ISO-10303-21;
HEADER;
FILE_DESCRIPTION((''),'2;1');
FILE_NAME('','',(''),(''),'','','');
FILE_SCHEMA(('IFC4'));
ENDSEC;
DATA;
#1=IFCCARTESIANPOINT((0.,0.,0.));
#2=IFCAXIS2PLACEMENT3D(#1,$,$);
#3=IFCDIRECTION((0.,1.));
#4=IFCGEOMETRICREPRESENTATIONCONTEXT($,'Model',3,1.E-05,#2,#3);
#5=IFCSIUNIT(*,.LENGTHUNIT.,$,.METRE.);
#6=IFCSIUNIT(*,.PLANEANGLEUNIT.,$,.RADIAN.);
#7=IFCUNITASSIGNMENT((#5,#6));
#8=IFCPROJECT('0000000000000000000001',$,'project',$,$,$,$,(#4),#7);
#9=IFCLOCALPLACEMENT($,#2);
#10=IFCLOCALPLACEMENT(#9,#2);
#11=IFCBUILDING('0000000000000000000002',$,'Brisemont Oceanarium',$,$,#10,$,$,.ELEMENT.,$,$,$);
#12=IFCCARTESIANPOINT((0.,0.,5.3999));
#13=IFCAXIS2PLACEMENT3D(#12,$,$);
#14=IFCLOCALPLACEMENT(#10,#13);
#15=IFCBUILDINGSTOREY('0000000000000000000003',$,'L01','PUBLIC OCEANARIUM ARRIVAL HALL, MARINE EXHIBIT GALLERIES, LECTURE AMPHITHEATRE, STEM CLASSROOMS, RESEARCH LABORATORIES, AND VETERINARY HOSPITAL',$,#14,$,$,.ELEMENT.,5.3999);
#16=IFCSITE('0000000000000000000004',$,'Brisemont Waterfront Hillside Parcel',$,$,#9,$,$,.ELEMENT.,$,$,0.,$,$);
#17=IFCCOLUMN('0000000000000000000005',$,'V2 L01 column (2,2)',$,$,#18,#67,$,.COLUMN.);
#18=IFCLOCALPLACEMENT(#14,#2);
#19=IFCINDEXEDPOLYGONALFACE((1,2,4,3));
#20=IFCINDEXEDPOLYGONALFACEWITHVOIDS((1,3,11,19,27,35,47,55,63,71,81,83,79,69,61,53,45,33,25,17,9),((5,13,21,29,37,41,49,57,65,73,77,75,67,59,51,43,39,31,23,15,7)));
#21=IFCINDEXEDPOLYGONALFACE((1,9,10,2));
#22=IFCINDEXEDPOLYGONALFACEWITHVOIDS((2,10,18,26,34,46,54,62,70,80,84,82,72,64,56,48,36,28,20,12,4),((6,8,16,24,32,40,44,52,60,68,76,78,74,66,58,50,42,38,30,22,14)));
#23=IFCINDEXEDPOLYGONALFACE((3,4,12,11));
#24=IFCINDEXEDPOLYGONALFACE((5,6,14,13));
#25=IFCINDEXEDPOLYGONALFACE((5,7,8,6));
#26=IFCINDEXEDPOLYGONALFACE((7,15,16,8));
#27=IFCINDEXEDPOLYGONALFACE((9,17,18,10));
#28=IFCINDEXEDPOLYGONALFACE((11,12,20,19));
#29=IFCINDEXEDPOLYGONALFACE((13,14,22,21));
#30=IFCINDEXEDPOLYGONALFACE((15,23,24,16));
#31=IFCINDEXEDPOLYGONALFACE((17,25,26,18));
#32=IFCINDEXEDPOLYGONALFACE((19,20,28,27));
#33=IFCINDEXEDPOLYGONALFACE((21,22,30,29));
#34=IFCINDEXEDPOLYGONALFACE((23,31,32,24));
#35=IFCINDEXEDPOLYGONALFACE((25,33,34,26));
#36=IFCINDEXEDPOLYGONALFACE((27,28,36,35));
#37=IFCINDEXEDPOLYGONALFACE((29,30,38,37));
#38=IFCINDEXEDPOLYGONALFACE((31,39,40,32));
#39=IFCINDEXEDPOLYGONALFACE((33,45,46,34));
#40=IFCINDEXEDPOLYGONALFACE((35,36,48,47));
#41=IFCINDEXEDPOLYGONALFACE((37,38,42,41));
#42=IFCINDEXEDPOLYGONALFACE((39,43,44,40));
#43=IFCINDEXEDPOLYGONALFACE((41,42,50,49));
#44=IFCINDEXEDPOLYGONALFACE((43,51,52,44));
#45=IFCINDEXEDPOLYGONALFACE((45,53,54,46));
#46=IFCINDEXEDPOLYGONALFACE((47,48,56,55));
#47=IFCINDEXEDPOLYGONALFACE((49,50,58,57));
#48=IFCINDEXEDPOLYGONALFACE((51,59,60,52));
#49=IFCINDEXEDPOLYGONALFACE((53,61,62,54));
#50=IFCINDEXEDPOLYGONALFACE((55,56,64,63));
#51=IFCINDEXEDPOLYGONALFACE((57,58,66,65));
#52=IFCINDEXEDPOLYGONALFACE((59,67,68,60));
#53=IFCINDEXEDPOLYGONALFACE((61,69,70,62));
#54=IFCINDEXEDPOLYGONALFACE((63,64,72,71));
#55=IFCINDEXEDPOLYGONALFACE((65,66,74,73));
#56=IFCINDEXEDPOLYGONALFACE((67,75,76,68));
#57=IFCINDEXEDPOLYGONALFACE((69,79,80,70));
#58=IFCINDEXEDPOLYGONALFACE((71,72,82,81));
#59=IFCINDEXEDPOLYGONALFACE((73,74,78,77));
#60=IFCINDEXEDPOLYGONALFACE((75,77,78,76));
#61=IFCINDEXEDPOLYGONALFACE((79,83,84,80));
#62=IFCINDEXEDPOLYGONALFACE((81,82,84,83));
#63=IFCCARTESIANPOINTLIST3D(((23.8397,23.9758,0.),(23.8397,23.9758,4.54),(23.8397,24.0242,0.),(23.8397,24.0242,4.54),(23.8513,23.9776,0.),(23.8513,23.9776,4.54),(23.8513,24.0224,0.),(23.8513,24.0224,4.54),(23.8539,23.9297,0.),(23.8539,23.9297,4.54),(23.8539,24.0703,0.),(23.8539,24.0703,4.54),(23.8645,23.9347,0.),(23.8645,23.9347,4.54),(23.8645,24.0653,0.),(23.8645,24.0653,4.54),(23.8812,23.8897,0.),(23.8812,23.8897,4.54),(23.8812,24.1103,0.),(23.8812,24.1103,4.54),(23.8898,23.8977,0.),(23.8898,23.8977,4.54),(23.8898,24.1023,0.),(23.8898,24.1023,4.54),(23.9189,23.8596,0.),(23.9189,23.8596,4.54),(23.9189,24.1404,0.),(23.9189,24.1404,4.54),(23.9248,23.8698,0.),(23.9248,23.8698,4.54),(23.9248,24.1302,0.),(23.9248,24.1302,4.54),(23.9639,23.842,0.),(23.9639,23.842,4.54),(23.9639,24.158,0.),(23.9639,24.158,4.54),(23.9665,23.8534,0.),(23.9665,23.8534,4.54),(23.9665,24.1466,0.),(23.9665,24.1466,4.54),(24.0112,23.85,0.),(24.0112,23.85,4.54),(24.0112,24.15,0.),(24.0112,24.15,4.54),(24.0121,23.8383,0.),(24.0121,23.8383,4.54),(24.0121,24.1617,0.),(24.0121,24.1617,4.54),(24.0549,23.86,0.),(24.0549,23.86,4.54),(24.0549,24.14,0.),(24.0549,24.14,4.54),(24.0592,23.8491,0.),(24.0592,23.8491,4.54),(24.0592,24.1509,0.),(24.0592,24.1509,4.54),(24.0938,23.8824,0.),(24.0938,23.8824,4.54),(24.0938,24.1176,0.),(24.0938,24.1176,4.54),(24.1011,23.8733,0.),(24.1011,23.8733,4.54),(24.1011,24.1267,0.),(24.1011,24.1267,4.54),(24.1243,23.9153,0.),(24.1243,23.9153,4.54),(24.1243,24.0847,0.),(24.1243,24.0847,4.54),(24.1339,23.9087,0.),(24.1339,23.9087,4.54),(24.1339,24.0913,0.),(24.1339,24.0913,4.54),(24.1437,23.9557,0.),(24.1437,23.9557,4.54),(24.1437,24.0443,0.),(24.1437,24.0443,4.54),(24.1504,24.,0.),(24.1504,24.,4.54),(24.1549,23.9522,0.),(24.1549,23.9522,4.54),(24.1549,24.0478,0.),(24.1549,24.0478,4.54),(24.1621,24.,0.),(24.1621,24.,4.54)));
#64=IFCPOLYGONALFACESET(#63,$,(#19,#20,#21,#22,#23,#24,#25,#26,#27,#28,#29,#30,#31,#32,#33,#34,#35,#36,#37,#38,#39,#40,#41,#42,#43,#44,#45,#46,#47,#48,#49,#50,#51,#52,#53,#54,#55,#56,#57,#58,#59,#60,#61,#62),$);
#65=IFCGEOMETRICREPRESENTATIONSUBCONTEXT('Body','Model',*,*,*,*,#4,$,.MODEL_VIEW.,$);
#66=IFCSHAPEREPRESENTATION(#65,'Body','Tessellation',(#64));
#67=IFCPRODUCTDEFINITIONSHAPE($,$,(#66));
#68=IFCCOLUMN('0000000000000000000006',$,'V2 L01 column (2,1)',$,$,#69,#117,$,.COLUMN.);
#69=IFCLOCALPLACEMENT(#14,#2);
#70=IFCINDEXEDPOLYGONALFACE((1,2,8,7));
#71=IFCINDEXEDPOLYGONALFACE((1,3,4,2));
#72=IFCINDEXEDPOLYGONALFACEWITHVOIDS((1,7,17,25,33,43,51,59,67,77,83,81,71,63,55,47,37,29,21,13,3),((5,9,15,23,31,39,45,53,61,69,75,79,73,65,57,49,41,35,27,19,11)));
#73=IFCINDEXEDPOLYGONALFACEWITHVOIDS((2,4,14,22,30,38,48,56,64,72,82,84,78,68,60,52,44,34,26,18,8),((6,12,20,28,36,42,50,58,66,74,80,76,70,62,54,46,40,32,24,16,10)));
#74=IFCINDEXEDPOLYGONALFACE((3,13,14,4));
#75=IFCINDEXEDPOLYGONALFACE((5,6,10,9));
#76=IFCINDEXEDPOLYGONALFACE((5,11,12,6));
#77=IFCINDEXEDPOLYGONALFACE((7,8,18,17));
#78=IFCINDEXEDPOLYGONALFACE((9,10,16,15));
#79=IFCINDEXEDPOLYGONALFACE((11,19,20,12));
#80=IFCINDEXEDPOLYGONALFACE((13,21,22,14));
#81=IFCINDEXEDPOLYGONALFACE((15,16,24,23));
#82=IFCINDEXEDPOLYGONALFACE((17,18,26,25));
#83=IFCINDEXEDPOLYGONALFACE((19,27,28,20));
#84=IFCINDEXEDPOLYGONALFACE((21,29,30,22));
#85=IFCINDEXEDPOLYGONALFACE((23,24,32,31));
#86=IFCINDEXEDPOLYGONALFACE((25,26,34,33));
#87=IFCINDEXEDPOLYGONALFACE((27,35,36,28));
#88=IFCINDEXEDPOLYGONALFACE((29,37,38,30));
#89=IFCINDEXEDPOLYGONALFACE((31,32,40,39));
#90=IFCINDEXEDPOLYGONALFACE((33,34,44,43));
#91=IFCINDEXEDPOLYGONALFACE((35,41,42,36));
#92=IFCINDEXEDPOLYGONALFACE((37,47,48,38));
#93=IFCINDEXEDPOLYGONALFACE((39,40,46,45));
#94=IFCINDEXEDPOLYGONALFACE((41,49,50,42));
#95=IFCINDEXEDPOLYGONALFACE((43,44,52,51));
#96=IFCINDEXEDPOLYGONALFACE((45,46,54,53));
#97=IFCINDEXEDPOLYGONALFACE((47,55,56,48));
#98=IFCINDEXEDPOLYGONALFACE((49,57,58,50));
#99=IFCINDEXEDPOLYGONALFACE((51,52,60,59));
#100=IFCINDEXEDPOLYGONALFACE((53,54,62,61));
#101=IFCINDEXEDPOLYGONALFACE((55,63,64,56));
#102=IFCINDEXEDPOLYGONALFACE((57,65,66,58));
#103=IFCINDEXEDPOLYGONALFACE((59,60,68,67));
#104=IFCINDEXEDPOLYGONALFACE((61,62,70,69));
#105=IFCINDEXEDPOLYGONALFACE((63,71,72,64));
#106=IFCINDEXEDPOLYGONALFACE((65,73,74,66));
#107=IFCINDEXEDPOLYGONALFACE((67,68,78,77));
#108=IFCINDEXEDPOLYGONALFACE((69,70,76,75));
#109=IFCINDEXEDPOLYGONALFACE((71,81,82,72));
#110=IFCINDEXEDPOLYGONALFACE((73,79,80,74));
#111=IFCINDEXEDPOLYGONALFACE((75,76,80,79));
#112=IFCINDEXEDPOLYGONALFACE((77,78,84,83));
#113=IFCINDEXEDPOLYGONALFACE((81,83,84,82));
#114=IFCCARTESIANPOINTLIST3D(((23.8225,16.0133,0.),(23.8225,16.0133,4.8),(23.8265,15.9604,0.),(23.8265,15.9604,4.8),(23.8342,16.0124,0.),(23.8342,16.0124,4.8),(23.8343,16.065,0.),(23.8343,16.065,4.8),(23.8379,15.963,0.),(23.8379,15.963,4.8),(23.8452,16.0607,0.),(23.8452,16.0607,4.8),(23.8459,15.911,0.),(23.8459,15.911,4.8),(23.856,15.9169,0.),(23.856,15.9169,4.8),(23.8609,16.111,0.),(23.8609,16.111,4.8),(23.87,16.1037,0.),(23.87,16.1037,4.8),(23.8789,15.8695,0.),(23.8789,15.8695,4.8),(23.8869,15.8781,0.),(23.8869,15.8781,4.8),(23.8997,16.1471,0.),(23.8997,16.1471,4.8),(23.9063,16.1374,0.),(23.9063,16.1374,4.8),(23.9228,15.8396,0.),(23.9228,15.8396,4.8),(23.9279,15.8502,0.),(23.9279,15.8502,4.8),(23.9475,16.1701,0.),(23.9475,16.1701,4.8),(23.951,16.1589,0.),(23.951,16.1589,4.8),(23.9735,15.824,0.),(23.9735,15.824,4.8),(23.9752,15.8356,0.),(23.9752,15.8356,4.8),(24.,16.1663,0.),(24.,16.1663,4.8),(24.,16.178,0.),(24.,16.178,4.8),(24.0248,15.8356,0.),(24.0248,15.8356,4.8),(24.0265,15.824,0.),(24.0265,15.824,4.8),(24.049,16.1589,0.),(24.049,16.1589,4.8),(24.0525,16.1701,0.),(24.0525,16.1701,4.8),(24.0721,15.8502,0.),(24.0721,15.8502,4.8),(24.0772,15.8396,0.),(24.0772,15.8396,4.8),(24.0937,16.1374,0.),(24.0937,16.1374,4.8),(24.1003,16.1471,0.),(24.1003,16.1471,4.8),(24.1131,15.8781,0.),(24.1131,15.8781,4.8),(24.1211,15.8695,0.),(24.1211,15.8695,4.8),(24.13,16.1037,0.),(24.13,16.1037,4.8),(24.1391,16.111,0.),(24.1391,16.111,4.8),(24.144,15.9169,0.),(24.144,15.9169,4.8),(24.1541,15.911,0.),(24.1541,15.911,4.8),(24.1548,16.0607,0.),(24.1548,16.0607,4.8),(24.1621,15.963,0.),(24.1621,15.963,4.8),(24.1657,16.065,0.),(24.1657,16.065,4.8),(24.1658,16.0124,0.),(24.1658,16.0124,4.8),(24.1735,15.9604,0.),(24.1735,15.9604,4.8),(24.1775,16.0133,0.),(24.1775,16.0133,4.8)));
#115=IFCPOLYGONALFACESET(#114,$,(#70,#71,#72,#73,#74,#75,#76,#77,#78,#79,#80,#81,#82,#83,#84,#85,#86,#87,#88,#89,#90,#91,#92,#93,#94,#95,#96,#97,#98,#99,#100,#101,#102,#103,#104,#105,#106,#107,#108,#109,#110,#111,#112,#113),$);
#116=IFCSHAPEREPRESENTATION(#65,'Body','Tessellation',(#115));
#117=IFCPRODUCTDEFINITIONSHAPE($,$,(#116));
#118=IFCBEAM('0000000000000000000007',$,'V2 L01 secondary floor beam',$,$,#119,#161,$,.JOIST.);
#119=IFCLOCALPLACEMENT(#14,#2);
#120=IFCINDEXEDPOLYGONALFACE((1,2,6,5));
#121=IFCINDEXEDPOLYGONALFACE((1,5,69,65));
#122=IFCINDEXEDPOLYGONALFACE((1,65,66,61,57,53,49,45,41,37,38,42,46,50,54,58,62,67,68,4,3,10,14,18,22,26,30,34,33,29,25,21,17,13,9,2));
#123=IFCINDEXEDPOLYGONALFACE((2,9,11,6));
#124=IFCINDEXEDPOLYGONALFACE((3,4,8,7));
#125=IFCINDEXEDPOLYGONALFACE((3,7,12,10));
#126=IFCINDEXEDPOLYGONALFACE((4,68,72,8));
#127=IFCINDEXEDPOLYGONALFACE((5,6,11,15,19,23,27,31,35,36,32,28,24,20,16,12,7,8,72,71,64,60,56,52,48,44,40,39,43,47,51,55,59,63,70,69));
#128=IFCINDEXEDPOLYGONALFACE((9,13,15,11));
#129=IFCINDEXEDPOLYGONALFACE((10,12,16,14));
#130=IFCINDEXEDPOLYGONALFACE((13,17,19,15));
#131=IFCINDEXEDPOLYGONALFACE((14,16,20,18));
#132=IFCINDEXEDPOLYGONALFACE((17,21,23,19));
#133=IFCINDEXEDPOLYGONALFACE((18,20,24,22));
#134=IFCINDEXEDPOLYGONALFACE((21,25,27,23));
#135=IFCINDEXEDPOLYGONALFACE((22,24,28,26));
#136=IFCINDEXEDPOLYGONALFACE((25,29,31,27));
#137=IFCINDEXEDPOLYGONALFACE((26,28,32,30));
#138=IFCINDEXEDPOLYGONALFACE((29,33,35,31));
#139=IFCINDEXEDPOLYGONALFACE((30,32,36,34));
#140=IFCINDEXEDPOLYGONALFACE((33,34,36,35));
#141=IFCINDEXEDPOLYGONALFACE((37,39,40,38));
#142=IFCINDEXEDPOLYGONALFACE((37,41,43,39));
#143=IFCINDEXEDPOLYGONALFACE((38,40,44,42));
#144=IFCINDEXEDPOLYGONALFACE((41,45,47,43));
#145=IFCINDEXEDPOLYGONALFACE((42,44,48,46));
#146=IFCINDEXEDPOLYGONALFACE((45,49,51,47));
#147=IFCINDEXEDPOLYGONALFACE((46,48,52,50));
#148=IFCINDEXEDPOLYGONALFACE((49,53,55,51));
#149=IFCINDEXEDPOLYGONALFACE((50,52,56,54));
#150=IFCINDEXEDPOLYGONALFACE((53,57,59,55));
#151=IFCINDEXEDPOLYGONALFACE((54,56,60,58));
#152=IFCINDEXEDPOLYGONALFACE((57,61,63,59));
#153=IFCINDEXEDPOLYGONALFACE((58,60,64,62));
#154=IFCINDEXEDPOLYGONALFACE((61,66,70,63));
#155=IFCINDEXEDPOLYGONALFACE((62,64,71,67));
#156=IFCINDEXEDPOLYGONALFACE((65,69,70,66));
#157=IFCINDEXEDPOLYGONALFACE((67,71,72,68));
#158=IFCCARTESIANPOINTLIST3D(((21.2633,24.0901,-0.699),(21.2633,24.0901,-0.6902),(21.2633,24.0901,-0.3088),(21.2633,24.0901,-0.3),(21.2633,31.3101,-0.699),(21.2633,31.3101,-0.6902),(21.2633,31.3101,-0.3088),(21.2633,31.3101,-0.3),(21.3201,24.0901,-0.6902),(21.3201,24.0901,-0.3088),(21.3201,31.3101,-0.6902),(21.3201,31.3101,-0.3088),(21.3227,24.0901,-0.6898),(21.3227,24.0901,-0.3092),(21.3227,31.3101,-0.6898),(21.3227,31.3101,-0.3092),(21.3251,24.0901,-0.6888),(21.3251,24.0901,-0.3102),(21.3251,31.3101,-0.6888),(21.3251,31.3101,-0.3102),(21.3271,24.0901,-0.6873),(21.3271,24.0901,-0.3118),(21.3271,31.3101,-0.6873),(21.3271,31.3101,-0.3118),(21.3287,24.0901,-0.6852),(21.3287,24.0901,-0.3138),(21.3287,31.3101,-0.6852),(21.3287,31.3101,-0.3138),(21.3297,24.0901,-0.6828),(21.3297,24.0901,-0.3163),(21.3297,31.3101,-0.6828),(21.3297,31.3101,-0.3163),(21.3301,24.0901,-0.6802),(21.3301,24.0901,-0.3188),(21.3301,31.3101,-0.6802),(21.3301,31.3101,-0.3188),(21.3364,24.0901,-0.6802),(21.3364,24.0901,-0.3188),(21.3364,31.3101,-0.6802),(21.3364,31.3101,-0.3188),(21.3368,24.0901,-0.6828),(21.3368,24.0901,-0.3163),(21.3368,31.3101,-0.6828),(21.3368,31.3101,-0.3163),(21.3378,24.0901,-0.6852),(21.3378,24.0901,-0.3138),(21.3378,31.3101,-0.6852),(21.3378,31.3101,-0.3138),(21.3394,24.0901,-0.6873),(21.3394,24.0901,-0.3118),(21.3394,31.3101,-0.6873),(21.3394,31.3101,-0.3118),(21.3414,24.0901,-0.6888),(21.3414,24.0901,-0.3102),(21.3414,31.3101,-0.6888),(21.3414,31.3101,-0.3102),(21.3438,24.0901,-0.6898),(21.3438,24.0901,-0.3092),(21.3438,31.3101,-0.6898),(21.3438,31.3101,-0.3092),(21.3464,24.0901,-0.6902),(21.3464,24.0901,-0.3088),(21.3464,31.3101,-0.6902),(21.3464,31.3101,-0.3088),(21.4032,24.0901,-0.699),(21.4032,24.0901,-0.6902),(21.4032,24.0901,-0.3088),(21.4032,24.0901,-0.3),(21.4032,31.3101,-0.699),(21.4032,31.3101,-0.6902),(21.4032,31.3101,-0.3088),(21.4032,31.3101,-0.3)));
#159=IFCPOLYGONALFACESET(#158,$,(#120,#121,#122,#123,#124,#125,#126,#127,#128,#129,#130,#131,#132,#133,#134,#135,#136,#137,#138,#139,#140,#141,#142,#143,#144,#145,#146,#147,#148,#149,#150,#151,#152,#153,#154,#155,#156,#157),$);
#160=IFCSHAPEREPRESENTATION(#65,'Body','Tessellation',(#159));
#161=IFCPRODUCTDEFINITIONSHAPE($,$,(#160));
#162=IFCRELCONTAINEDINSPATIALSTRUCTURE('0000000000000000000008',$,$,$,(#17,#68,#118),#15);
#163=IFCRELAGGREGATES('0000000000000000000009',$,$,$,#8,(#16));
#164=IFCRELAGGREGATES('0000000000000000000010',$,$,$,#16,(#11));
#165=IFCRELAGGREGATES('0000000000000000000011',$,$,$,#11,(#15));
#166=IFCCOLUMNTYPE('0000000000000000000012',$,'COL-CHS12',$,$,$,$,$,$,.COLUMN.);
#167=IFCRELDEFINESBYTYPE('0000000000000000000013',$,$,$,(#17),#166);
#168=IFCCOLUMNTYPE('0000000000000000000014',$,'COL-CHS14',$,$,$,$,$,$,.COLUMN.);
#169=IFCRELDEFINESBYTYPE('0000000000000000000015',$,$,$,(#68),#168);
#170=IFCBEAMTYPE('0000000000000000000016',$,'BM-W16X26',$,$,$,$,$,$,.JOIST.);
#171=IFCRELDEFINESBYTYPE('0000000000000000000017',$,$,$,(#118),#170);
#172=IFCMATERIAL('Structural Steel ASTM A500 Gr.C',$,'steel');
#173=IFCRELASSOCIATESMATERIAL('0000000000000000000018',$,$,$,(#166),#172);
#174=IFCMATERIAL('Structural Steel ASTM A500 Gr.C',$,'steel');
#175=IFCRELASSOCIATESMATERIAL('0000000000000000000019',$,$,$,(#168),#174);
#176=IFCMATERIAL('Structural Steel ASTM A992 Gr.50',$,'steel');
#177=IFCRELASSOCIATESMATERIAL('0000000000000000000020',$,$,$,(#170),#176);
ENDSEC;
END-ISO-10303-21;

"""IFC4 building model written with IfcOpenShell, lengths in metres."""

from ifc_helpers import new_model, si_unit, direction, frame, origin, origin_2d, place, context, subcontext, project, spatial, hollow_circle, i_section, extrude, material, material_profile, profile_set, type_object, element, save


model = new_model("IFC4")

# Units and contexts
model_context = context("Model", 3, precision=1e-05, world=origin(), true_north=direction((0.0, 1.0)))
body_context = subcontext(model_context, "Body", "Model", "MODEL_VIEW")
ifc_project = project(units=[si_unit("LENGTHUNIT", "METRE"), si_unit("PLANEANGLEUNIT", "RADIAN")], contexts=[model_context])

# Site, building, storey
site_placement = place(None, origin())
site = spatial("IfcSite", under=ifc_project, at=site_placement, Name="Brisemont Waterfront Hillside Parcel", CompositionType="ELEMENT", RefElevation=0.0)
building_placement = place(site_placement, origin())
building = spatial("IfcBuilding", under=site, at=building_placement, Name="Brisemont Oceanarium", CompositionType="ELEMENT")
storey_placement = place(building_placement, frame((0.0, 0.0, 5.3999)))
storey = spatial("IfcBuildingStorey", under=building, at=storey_placement, Name="L01", Description="PUBLIC OCEANARIUM ARRIVAL HALL, MARINE EXHIBIT GALLERIES, LECTURE AMPHITHEATRE, STEM CLASSROOMS, RESEARCH LABORATORIES, AND VETERINARY HOSPITAL", CompositionType="ELEMENT", Elevation=5.3999)

# Columns
ifc_material_1 = material(Name="Structural Steel ASTM A500 Gr.C", Category="steel")
ifc_material_profile_1 = material_profile(ifc_material_1, hollow_circle(Radius=0.1621, WallThickness=0.0117, at=origin_2d()), Name="HSS12.750X0.500")
ifc_profile_set_1 = profile_set([ifc_material_profile_1], Name="Structural Steel ASTM A500 Gr.C")
column_type_1 = type_object("IfcColumnType", Name="COL-CHS12", PredefinedType="COLUMN", material=ifc_profile_set_1)
column_1_placement = place(storey_placement, frame((24.0, 24.0, 0.0), z_axis=(0.0, 0.0, 1.0), x_axis=(1.0, 0.0, 0.0)))
element("IfcColumn", 1, at=column_1_placement, inside=storey, type_object=column_type_1, Name="V2 L01 column (2,2)", PredefinedType="COLUMN", context=body_context, shape_type="SweptSolid", body=[
    extrude(hollow_circle(Radius=0.1621, WallThickness=0.0117, at=origin_2d()), origin(), (0.0, 0.0, 1.0), 4.54),
])
ifc_material_2 = material(Name="Structural Steel ASTM A500 Gr.C", Category="steel")
ifc_material_profile_2 = material_profile(ifc_material_2, hollow_circle(Radius=0.178, WallThickness=0.0117, at=origin_2d()), Name="HSS14.000X0.500")
ifc_profile_set_2 = profile_set([ifc_material_profile_2], Name="Structural Steel ASTM A500 Gr.C")
column_type_2 = type_object("IfcColumnType", Name="COL-CHS14", PredefinedType="COLUMN", material=ifc_profile_set_2)
column_2_placement = place(storey_placement, frame((24.0, 16.0, 0.0), z_axis=(0.0, 0.0, 1.0), x_axis=(0.0, 1.0, 0.0)))
element("IfcColumn", 2, at=column_2_placement, inside=storey, type_object=column_type_2, Name="V2 L01 column (2,1)", PredefinedType="COLUMN", context=body_context, shape_type="SweptSolid", body=[
    extrude(hollow_circle(Radius=0.178, WallThickness=0.0117, at=origin_2d()), origin(), (0.0, 0.0, 1.0), 4.8),
])

# Beam
ifc_material_3 = material(Name="Structural Steel ASTM A992 Gr.50", Category="steel")
ifc_material_profile_3 = material_profile(ifc_material_3, i_section(OverallWidth=0.1399, OverallDepth=0.3989, WebThickness=0.0063, FlangeThickness=0.0088, FilletRadius=0.01, at=origin_2d()), Name="W16X26")
ifc_profile_set_3 = profile_set([ifc_material_profile_3], Name="Structural Steel ASTM A992 Gr.50")
beam_type_1 = type_object("IfcBeamType", Name="BM-W16X26", PredefinedType="JOIST", material=ifc_profile_set_3)
beam_1_placement = place(storey_placement, frame((21.3333, 24.0901, -0.4995), z_axis=(0.0, 1.0, 0.0), x_axis=(-1.0, 0.0, 0.0)))
element("IfcBeam", 3, at=beam_1_placement, inside=storey, type_object=beam_type_1, Name="V2 L01 secondary floor beam", PredefinedType="JOIST", context=body_context, shape_type="SweptSolid", body=[
    extrude(i_section(OverallWidth=0.1399, OverallDepth=0.3989, WebThickness=0.0063, FlangeThickness=0.0088, FilletRadius=0.01, at=origin_2d()), origin(), (0.0, 0.0, 1.0), 7.22),
])

save(model, "model.ifc")
